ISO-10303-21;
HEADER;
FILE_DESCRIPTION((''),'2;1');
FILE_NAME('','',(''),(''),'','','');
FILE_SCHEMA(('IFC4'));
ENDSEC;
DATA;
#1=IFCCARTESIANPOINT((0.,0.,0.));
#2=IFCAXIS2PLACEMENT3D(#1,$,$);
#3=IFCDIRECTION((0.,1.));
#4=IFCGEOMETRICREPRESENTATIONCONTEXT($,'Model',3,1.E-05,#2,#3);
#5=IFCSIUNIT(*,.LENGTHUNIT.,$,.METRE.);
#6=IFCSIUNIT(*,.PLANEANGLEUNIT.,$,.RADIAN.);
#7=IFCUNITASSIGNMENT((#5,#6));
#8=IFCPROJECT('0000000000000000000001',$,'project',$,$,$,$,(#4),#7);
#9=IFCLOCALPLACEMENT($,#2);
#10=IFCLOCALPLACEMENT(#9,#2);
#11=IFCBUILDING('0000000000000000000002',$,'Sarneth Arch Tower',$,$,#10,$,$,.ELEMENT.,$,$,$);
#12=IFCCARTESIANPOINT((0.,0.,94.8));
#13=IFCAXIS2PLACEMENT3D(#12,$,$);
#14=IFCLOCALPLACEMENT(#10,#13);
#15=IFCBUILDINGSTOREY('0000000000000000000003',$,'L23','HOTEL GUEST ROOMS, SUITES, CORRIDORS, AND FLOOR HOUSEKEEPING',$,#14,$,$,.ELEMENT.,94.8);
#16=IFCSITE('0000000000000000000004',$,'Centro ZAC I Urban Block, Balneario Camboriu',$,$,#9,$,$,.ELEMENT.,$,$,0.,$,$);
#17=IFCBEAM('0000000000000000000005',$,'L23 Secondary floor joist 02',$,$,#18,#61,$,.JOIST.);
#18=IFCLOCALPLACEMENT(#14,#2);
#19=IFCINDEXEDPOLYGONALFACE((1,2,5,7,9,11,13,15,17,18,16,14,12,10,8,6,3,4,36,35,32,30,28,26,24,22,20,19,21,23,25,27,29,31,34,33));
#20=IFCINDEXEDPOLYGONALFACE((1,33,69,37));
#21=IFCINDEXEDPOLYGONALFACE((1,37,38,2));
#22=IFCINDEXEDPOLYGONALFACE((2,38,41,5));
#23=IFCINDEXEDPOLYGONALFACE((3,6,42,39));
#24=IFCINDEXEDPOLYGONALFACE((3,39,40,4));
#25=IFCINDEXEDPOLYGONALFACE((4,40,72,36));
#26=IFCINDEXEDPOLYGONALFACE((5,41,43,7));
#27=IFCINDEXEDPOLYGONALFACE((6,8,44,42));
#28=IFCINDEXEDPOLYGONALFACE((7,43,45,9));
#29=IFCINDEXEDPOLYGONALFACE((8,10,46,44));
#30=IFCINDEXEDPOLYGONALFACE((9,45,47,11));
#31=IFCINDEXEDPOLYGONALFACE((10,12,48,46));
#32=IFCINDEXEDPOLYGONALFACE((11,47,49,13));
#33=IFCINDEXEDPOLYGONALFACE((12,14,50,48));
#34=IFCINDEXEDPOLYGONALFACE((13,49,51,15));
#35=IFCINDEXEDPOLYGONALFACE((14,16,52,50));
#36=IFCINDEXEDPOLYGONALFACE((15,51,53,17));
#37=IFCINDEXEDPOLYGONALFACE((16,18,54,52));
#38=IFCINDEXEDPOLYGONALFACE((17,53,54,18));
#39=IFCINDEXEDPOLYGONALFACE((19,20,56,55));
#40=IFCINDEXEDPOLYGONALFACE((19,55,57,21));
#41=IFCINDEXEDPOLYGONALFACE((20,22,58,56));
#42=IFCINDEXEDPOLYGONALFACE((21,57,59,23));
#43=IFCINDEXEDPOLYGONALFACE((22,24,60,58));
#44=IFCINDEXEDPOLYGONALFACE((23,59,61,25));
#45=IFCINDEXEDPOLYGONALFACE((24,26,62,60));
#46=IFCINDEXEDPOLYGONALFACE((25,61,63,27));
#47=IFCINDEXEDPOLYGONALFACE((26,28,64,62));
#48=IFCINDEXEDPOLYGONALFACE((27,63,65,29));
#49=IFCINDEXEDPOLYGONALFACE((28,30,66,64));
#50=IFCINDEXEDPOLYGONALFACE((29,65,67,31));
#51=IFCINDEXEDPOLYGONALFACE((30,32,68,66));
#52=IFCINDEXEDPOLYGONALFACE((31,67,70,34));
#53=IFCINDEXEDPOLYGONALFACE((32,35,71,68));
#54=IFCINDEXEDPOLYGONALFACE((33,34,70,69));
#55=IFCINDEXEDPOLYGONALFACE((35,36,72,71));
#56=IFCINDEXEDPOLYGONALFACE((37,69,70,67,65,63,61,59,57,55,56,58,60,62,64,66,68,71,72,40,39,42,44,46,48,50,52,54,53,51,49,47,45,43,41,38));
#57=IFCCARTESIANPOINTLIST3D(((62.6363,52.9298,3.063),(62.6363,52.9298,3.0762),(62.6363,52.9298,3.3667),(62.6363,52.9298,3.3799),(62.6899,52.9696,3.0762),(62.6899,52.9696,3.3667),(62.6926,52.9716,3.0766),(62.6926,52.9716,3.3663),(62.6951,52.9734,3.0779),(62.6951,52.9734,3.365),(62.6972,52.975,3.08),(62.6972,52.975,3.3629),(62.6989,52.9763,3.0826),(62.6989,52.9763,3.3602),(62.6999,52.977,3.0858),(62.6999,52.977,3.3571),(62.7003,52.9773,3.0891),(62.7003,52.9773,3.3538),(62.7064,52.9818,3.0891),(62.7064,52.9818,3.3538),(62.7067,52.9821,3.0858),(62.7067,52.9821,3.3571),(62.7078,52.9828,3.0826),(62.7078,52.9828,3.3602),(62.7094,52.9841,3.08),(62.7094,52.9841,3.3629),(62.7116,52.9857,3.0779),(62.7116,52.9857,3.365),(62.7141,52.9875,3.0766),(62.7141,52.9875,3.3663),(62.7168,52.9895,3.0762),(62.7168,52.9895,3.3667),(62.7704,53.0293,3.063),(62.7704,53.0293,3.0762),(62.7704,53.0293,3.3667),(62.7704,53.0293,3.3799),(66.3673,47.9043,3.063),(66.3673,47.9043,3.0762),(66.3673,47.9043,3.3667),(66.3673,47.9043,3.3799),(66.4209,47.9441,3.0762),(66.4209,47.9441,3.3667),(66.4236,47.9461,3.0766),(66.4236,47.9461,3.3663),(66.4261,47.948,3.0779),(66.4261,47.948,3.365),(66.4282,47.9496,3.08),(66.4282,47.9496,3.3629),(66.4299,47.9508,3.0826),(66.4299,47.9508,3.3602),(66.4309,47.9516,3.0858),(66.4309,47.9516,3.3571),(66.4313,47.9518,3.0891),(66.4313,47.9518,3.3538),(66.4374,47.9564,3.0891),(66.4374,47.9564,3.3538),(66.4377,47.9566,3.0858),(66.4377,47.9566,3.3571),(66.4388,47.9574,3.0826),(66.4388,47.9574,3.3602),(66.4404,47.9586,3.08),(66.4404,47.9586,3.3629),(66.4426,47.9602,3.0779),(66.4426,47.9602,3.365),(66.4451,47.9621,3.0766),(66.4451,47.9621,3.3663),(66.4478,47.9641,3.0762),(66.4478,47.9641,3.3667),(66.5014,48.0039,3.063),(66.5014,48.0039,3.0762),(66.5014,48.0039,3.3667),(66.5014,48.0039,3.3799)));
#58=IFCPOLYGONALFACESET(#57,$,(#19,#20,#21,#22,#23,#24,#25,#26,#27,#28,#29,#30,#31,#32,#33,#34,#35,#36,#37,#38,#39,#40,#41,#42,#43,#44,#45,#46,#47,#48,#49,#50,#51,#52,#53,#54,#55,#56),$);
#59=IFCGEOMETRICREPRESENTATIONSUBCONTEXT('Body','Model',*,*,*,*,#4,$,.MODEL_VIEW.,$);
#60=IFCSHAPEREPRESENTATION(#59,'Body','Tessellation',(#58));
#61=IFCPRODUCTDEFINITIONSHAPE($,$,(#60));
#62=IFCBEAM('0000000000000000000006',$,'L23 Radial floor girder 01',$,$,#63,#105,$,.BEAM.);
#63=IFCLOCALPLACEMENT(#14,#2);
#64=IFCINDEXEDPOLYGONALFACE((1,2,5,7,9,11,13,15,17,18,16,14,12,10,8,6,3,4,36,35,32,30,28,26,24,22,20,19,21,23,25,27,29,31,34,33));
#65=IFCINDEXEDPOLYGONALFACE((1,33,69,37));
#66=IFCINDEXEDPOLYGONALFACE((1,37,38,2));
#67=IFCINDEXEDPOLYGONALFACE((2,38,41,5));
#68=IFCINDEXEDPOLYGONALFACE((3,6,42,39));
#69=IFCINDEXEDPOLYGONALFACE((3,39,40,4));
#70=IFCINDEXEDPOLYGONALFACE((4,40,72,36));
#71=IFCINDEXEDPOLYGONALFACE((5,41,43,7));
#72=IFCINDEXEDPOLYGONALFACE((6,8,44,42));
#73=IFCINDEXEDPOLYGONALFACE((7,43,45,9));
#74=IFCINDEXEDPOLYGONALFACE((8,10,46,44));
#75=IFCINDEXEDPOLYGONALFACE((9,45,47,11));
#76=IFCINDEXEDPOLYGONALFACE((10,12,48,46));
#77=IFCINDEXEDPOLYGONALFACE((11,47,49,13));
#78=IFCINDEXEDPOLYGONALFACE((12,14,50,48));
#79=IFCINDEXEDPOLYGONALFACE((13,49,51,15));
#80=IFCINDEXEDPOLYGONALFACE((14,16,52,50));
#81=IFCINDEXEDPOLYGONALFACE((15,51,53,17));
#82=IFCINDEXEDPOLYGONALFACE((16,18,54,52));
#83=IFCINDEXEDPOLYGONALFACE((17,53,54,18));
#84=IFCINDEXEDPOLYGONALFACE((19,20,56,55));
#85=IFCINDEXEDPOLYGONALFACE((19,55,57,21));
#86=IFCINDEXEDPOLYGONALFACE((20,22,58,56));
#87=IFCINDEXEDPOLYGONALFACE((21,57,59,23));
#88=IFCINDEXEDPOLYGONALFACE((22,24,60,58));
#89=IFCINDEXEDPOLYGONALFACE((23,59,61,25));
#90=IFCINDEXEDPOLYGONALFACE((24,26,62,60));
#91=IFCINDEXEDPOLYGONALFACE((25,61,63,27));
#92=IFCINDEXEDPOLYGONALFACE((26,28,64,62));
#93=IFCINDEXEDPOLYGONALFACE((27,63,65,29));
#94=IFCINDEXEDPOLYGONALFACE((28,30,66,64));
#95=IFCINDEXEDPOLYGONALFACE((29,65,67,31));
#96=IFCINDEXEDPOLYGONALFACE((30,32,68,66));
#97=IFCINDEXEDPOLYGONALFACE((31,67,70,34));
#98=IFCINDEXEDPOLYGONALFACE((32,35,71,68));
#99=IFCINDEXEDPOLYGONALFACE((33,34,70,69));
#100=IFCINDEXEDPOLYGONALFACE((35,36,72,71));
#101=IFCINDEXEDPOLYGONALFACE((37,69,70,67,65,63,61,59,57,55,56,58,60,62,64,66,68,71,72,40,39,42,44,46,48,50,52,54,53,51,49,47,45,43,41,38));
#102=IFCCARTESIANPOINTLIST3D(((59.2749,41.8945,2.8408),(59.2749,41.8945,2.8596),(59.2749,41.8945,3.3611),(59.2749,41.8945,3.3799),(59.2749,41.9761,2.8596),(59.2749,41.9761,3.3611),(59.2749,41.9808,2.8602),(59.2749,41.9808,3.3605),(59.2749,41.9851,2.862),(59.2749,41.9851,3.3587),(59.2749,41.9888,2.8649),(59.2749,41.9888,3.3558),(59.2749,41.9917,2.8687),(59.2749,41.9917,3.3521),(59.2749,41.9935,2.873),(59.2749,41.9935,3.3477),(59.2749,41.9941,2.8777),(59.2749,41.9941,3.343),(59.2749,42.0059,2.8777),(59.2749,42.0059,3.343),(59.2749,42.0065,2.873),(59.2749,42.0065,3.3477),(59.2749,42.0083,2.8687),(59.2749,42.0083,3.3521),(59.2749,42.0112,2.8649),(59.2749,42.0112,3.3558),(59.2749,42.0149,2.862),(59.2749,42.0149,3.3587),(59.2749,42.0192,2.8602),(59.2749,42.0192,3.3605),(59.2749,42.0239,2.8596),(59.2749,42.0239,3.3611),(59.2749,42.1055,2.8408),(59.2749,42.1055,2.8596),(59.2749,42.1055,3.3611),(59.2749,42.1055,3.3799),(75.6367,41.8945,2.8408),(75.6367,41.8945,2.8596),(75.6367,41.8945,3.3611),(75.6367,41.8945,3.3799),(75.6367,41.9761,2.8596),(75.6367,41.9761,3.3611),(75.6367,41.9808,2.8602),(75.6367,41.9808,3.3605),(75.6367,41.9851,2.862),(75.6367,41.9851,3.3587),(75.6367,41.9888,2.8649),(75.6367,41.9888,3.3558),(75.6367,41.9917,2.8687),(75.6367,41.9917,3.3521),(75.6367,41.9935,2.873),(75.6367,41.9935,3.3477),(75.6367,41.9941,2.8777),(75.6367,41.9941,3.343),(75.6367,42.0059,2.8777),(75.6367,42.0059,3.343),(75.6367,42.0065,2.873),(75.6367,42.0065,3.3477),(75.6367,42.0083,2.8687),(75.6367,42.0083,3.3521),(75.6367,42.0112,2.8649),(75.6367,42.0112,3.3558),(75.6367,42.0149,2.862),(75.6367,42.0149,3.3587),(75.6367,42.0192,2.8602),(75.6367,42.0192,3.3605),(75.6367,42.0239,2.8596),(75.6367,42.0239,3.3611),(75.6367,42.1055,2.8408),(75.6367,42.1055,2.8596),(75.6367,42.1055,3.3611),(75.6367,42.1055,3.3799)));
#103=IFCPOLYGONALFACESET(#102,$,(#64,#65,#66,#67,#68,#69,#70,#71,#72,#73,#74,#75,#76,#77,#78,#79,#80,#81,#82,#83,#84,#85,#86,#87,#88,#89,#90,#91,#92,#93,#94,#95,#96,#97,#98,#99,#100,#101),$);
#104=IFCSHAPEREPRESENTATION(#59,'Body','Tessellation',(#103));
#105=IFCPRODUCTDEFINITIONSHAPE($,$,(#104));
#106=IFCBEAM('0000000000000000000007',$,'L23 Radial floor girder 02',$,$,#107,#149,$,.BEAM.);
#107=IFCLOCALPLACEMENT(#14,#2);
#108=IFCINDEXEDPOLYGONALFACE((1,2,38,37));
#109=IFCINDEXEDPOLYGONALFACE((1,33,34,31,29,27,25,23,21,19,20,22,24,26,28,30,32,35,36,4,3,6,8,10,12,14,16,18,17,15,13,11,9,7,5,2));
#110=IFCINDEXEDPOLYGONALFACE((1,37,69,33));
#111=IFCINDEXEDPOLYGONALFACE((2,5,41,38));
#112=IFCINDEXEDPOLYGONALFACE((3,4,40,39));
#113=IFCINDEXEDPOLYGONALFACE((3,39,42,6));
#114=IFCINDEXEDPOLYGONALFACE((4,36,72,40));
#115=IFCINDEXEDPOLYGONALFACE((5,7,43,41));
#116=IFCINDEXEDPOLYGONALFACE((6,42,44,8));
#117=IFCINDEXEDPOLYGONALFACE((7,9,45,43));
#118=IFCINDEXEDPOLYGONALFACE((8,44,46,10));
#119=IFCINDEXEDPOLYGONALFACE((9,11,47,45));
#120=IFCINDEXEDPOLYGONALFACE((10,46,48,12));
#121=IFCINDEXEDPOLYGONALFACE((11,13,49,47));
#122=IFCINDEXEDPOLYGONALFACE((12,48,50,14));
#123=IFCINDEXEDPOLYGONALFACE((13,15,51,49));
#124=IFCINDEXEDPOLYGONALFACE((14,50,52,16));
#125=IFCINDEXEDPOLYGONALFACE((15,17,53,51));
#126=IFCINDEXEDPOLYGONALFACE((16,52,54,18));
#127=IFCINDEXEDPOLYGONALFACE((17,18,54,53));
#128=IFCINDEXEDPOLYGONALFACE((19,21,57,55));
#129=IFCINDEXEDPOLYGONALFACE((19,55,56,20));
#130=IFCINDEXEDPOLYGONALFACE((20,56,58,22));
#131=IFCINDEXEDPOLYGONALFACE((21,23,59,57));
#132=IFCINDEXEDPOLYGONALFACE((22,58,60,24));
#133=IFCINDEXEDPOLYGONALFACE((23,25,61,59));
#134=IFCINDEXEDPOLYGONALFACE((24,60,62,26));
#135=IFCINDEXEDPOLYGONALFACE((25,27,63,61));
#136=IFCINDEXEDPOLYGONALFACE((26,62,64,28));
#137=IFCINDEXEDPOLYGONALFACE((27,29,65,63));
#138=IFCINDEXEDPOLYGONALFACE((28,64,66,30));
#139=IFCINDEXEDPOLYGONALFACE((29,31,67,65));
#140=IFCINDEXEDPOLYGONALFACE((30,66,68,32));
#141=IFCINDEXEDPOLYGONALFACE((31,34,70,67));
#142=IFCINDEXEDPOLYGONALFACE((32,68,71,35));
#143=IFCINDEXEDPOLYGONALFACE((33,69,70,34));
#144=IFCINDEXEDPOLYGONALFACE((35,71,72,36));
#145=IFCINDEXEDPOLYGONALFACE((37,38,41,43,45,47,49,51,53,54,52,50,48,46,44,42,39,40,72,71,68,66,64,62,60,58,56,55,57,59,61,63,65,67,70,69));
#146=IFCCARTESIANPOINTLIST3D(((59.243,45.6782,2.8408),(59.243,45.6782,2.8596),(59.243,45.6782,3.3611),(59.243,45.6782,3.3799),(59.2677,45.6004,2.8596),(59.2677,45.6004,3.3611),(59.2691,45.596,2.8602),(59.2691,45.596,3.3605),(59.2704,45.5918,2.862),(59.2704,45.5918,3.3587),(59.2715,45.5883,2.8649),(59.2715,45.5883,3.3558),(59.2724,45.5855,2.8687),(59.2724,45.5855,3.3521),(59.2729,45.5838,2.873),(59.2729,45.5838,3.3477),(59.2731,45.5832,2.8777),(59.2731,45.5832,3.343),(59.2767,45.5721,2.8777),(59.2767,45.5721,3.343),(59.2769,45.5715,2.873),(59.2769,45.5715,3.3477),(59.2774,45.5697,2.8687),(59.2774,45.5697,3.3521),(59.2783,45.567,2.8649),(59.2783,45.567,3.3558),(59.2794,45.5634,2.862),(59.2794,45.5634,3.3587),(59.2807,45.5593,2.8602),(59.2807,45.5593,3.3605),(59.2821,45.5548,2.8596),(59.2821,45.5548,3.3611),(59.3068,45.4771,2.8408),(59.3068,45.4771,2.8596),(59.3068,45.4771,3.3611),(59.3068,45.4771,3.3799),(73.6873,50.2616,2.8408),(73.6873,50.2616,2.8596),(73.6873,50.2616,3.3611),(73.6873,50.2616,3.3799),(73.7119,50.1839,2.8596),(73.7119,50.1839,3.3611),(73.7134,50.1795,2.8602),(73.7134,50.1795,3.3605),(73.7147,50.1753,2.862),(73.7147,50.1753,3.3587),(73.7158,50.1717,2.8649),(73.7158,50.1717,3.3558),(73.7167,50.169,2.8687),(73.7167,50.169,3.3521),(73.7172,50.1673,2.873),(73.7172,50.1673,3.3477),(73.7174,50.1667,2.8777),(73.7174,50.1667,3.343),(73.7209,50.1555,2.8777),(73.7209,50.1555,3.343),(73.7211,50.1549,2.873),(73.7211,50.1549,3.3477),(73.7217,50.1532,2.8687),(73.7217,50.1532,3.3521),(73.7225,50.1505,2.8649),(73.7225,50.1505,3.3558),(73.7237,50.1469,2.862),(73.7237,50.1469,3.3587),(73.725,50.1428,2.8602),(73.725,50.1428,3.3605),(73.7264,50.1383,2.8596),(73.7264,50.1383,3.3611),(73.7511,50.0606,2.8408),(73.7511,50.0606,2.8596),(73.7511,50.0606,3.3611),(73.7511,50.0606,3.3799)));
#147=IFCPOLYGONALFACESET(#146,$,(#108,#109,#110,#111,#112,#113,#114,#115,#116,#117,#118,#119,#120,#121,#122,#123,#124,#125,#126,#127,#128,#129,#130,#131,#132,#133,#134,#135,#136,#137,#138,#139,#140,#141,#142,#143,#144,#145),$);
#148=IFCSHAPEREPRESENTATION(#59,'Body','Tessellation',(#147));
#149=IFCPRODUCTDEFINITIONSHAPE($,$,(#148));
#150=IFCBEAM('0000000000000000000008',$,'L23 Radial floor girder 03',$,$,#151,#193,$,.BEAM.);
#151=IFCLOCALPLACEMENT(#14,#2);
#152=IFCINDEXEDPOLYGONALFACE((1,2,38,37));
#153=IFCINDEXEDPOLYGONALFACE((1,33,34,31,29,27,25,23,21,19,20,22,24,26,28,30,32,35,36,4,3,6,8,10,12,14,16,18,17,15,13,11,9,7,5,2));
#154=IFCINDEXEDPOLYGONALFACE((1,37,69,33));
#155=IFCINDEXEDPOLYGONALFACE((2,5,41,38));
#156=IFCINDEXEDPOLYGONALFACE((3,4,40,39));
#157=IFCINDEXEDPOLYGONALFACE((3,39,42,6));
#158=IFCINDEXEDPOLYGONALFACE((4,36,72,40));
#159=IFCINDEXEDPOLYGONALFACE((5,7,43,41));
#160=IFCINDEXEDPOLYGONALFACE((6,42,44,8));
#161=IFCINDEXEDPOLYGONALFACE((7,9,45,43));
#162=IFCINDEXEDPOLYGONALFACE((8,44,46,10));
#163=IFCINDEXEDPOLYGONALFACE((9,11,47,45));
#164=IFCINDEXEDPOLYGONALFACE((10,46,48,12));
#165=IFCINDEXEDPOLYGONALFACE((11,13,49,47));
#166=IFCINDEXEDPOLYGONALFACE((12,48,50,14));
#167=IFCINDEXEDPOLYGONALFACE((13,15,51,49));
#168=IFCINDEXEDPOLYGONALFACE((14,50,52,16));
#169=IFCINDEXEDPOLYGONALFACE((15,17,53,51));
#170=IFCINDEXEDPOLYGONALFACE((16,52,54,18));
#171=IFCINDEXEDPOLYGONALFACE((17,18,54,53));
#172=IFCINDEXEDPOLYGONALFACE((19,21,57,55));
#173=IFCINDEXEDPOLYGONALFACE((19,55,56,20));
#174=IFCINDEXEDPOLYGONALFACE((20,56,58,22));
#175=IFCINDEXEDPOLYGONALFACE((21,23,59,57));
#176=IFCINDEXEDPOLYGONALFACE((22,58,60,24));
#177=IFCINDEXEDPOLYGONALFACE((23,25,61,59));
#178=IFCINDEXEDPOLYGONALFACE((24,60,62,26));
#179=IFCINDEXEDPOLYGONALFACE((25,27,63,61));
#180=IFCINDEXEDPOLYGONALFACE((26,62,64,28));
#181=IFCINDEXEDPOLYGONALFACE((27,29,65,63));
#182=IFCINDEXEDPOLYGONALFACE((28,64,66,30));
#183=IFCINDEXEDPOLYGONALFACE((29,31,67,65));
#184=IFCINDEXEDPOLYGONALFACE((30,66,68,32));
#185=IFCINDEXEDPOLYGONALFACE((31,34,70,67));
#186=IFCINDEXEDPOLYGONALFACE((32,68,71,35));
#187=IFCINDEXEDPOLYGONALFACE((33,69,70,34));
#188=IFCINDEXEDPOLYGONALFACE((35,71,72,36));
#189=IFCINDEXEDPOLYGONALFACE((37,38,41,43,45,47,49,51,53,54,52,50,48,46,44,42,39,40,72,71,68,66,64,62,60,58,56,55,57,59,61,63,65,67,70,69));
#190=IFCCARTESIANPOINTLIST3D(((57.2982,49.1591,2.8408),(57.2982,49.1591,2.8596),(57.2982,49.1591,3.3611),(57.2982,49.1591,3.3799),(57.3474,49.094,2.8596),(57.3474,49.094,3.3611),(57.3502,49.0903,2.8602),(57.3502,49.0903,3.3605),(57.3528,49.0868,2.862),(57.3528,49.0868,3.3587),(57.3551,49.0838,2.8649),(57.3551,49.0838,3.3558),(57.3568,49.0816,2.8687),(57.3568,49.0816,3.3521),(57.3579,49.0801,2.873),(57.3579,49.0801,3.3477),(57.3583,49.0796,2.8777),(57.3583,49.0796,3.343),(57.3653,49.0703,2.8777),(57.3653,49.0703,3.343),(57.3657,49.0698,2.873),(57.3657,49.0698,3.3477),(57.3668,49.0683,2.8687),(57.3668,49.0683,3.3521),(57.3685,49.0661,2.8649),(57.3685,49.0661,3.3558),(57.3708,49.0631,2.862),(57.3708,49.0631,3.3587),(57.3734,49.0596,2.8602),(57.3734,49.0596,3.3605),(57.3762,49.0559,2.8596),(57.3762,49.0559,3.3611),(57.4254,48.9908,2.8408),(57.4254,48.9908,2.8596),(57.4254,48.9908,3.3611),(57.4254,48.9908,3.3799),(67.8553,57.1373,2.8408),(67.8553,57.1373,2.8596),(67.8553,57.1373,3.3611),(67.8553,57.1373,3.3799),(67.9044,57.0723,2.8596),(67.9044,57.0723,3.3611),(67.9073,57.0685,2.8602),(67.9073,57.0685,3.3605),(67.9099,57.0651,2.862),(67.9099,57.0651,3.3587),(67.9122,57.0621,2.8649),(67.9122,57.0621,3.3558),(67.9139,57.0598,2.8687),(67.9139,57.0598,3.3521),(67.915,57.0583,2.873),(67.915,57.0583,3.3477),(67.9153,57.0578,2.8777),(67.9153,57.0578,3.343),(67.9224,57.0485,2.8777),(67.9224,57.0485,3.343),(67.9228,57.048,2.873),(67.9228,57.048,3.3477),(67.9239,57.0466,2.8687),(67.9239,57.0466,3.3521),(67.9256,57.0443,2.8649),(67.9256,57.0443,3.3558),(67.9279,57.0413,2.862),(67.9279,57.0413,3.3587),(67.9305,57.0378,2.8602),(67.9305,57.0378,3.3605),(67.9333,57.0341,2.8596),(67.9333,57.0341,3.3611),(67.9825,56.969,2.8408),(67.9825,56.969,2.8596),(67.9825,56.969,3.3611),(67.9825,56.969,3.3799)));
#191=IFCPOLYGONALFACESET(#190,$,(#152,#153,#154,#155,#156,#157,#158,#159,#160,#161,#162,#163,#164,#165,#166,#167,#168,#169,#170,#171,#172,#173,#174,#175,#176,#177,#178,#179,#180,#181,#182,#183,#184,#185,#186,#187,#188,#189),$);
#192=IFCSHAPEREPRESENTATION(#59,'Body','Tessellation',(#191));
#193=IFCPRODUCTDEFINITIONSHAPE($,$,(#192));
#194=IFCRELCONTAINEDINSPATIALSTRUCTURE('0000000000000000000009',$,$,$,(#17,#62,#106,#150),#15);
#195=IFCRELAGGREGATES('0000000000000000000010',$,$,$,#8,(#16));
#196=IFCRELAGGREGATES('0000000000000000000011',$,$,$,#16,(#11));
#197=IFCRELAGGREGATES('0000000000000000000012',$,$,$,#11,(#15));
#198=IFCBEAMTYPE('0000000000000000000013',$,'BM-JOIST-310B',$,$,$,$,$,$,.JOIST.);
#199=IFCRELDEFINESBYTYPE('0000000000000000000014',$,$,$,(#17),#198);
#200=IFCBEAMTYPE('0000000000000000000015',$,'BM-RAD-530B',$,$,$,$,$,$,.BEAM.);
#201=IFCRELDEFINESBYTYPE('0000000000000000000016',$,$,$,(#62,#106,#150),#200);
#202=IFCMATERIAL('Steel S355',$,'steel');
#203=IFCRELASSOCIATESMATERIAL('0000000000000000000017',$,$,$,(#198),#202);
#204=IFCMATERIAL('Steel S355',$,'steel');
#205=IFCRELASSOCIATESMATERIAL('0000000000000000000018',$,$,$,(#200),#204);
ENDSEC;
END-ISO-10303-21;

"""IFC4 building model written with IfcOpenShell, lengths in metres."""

from ifc_helpers import new_model, si_unit, direction, frame, origin, origin_2d, place, context, subcontext, project, spatial, i_section, extrude, material, material_profile, profile_set, type_object, element, save


model = new_model("IFC4")

# Units and contexts
model_context = context("Model", 3, precision=1e-05, world=origin(), true_north=direction((0.0, 1.0)))
body_context = subcontext(model_context, "Body", "Model", "MODEL_VIEW")
ifc_project = project(units=[si_unit("LENGTHUNIT", "METRE"), si_unit("PLANEANGLEUNIT", "RADIAN")], contexts=[model_context])

# Site, building, storey
site_placement = place(None, origin())
site = spatial("IfcSite", under=ifc_project, at=site_placement, Name="Centro ZAC I Urban Block, Balneario Camboriu", CompositionType="ELEMENT", RefElevation=0.0)
building_placement = place(site_placement, origin())
building = spatial("IfcBuilding", under=site, at=building_placement, Name="Sarneth Arch Tower", CompositionType="ELEMENT")
storey_placement = place(building_placement, frame((0.0, 0.0, 94.8)))
storey = spatial("IfcBuildingStorey", under=building, at=storey_placement, Name="L23", Description="HOTEL GUEST ROOMS, SUITES, CORRIDORS, AND FLOOR HOUSEKEEPING", CompositionType="ELEMENT", Elevation=94.8)

# Beams
ifc_material_1 = material(Name="Steel S355", Category="steel")
ifc_material_profile_1 = material_profile(ifc_material_1, i_section(OverallWidth=0.167, OverallDepth=0.3169, WebThickness=0.0076, FlangeThickness=0.0132, FilletRadius=0.0129, at=origin_2d()), Name="W310x52")
ifc_profile_set_1 = profile_set([ifc_material_profile_1], Name="Steel S355")
beam_type_1 = type_object("IfcBeamType", Name="BM-JOIST-310B", PredefinedType="JOIST", material=ifc_profile_set_1)
beam_1_placement = place(storey_placement, frame((66.4343, 47.9541, 3.2214), z_axis=(-0.596098, 0.802911, 0.0), x_axis=(-0.802911, -0.596098, 0.0)))
element("IfcBeam", 1, at=beam_1_placement, inside=storey, type_object=beam_type_1, Name="L23 Secondary floor joist 02", PredefinedType="JOIST", context=body_context, shape_type="SweptSolid", body=[
    extrude(i_section(OverallWidth=0.167, OverallDepth=0.3169, WebThickness=0.0076, FlangeThickness=0.0132, FilletRadius=0.0129, at=origin_2d()), origin(), (0.0, 0.0, 1.0), 6.259),
])
ifc_material_2 = material(Name="Steel S355", Category="steel")
ifc_material_profile_2 = material_profile(ifc_material_2, i_section(OverallWidth=0.2109, OverallDepth=0.5391, WebThickness=0.0117, FlangeThickness=0.0188, FilletRadius=0.0181, at=origin_2d()), Name="W530x109")
ifc_profile_set_2 = profile_set([ifc_material_profile_2], Name="Steel S355")
beam_type_2 = type_object("IfcBeamType", Name="BM-RAD-530B", PredefinedType="BEAM", material=ifc_profile_set_2)
beam_2_placement = place(storey_placement, frame((59.2749, 42.0, 3.1104), z_axis=(1.0, 0.0, 0.0), x_axis=(0.0, 1.0, 0.0)))
element("IfcBeam", 2, at=beam_2_placement, inside=storey, type_object=beam_type_2, Name="L23 Radial floor girder 01", PredefinedType="BEAM", context=body_context, shape_type="SweptSolid", body=[
    extrude(i_section(OverallWidth=0.2109, OverallDepth=0.5391, WebThickness=0.0117, FlangeThickness=0.0188, FilletRadius=0.0181, at=origin_2d()), origin(), (0.0, 0.0, 1.0), 16.3618),
])
beam_3_placement = place(storey_placement, frame((59.2749, 45.5776, 3.1104), z_axis=(0.953162, 0.302459, 0.0), x_axis=(-0.302459, 0.953162, 0.0)))
element("IfcBeam", 3, at=beam_3_placement, inside=storey, type_object=beam_type_2, Name="L23 Radial floor girder 02", PredefinedType="BEAM", context=body_context, shape_type="SweptSolid", body=[
    extrude(i_section(OverallWidth=0.2109, OverallDepth=0.5391, WebThickness=0.0117, FlangeThickness=0.0188, FilletRadius=0.0181, at=origin_2d()), origin(), (0.0, 0.0, 1.0), 15.1541),
])
beam_4_placement = place(storey_placement, frame((57.3618, 49.075, 3.1104), z_axis=(0.797803, 0.602918, 0.0), x_axis=(-0.602918, 0.797803, 0.0)))
element("IfcBeam", 4, at=beam_4_placement, inside=storey, type_object=beam_type_2, Name="L23 Radial floor girder 03", PredefinedType="BEAM", context=body_context, shape_type="SweptSolid", body=[
    extrude(i_section(OverallWidth=0.2109, OverallDepth=0.5391, WebThickness=0.0117, FlangeThickness=0.0188, FilletRadius=0.0181, at=origin_2d()), origin(), (0.0, 0.0, 1.0), 13.2327),
])

save(model, "model.ifc")
